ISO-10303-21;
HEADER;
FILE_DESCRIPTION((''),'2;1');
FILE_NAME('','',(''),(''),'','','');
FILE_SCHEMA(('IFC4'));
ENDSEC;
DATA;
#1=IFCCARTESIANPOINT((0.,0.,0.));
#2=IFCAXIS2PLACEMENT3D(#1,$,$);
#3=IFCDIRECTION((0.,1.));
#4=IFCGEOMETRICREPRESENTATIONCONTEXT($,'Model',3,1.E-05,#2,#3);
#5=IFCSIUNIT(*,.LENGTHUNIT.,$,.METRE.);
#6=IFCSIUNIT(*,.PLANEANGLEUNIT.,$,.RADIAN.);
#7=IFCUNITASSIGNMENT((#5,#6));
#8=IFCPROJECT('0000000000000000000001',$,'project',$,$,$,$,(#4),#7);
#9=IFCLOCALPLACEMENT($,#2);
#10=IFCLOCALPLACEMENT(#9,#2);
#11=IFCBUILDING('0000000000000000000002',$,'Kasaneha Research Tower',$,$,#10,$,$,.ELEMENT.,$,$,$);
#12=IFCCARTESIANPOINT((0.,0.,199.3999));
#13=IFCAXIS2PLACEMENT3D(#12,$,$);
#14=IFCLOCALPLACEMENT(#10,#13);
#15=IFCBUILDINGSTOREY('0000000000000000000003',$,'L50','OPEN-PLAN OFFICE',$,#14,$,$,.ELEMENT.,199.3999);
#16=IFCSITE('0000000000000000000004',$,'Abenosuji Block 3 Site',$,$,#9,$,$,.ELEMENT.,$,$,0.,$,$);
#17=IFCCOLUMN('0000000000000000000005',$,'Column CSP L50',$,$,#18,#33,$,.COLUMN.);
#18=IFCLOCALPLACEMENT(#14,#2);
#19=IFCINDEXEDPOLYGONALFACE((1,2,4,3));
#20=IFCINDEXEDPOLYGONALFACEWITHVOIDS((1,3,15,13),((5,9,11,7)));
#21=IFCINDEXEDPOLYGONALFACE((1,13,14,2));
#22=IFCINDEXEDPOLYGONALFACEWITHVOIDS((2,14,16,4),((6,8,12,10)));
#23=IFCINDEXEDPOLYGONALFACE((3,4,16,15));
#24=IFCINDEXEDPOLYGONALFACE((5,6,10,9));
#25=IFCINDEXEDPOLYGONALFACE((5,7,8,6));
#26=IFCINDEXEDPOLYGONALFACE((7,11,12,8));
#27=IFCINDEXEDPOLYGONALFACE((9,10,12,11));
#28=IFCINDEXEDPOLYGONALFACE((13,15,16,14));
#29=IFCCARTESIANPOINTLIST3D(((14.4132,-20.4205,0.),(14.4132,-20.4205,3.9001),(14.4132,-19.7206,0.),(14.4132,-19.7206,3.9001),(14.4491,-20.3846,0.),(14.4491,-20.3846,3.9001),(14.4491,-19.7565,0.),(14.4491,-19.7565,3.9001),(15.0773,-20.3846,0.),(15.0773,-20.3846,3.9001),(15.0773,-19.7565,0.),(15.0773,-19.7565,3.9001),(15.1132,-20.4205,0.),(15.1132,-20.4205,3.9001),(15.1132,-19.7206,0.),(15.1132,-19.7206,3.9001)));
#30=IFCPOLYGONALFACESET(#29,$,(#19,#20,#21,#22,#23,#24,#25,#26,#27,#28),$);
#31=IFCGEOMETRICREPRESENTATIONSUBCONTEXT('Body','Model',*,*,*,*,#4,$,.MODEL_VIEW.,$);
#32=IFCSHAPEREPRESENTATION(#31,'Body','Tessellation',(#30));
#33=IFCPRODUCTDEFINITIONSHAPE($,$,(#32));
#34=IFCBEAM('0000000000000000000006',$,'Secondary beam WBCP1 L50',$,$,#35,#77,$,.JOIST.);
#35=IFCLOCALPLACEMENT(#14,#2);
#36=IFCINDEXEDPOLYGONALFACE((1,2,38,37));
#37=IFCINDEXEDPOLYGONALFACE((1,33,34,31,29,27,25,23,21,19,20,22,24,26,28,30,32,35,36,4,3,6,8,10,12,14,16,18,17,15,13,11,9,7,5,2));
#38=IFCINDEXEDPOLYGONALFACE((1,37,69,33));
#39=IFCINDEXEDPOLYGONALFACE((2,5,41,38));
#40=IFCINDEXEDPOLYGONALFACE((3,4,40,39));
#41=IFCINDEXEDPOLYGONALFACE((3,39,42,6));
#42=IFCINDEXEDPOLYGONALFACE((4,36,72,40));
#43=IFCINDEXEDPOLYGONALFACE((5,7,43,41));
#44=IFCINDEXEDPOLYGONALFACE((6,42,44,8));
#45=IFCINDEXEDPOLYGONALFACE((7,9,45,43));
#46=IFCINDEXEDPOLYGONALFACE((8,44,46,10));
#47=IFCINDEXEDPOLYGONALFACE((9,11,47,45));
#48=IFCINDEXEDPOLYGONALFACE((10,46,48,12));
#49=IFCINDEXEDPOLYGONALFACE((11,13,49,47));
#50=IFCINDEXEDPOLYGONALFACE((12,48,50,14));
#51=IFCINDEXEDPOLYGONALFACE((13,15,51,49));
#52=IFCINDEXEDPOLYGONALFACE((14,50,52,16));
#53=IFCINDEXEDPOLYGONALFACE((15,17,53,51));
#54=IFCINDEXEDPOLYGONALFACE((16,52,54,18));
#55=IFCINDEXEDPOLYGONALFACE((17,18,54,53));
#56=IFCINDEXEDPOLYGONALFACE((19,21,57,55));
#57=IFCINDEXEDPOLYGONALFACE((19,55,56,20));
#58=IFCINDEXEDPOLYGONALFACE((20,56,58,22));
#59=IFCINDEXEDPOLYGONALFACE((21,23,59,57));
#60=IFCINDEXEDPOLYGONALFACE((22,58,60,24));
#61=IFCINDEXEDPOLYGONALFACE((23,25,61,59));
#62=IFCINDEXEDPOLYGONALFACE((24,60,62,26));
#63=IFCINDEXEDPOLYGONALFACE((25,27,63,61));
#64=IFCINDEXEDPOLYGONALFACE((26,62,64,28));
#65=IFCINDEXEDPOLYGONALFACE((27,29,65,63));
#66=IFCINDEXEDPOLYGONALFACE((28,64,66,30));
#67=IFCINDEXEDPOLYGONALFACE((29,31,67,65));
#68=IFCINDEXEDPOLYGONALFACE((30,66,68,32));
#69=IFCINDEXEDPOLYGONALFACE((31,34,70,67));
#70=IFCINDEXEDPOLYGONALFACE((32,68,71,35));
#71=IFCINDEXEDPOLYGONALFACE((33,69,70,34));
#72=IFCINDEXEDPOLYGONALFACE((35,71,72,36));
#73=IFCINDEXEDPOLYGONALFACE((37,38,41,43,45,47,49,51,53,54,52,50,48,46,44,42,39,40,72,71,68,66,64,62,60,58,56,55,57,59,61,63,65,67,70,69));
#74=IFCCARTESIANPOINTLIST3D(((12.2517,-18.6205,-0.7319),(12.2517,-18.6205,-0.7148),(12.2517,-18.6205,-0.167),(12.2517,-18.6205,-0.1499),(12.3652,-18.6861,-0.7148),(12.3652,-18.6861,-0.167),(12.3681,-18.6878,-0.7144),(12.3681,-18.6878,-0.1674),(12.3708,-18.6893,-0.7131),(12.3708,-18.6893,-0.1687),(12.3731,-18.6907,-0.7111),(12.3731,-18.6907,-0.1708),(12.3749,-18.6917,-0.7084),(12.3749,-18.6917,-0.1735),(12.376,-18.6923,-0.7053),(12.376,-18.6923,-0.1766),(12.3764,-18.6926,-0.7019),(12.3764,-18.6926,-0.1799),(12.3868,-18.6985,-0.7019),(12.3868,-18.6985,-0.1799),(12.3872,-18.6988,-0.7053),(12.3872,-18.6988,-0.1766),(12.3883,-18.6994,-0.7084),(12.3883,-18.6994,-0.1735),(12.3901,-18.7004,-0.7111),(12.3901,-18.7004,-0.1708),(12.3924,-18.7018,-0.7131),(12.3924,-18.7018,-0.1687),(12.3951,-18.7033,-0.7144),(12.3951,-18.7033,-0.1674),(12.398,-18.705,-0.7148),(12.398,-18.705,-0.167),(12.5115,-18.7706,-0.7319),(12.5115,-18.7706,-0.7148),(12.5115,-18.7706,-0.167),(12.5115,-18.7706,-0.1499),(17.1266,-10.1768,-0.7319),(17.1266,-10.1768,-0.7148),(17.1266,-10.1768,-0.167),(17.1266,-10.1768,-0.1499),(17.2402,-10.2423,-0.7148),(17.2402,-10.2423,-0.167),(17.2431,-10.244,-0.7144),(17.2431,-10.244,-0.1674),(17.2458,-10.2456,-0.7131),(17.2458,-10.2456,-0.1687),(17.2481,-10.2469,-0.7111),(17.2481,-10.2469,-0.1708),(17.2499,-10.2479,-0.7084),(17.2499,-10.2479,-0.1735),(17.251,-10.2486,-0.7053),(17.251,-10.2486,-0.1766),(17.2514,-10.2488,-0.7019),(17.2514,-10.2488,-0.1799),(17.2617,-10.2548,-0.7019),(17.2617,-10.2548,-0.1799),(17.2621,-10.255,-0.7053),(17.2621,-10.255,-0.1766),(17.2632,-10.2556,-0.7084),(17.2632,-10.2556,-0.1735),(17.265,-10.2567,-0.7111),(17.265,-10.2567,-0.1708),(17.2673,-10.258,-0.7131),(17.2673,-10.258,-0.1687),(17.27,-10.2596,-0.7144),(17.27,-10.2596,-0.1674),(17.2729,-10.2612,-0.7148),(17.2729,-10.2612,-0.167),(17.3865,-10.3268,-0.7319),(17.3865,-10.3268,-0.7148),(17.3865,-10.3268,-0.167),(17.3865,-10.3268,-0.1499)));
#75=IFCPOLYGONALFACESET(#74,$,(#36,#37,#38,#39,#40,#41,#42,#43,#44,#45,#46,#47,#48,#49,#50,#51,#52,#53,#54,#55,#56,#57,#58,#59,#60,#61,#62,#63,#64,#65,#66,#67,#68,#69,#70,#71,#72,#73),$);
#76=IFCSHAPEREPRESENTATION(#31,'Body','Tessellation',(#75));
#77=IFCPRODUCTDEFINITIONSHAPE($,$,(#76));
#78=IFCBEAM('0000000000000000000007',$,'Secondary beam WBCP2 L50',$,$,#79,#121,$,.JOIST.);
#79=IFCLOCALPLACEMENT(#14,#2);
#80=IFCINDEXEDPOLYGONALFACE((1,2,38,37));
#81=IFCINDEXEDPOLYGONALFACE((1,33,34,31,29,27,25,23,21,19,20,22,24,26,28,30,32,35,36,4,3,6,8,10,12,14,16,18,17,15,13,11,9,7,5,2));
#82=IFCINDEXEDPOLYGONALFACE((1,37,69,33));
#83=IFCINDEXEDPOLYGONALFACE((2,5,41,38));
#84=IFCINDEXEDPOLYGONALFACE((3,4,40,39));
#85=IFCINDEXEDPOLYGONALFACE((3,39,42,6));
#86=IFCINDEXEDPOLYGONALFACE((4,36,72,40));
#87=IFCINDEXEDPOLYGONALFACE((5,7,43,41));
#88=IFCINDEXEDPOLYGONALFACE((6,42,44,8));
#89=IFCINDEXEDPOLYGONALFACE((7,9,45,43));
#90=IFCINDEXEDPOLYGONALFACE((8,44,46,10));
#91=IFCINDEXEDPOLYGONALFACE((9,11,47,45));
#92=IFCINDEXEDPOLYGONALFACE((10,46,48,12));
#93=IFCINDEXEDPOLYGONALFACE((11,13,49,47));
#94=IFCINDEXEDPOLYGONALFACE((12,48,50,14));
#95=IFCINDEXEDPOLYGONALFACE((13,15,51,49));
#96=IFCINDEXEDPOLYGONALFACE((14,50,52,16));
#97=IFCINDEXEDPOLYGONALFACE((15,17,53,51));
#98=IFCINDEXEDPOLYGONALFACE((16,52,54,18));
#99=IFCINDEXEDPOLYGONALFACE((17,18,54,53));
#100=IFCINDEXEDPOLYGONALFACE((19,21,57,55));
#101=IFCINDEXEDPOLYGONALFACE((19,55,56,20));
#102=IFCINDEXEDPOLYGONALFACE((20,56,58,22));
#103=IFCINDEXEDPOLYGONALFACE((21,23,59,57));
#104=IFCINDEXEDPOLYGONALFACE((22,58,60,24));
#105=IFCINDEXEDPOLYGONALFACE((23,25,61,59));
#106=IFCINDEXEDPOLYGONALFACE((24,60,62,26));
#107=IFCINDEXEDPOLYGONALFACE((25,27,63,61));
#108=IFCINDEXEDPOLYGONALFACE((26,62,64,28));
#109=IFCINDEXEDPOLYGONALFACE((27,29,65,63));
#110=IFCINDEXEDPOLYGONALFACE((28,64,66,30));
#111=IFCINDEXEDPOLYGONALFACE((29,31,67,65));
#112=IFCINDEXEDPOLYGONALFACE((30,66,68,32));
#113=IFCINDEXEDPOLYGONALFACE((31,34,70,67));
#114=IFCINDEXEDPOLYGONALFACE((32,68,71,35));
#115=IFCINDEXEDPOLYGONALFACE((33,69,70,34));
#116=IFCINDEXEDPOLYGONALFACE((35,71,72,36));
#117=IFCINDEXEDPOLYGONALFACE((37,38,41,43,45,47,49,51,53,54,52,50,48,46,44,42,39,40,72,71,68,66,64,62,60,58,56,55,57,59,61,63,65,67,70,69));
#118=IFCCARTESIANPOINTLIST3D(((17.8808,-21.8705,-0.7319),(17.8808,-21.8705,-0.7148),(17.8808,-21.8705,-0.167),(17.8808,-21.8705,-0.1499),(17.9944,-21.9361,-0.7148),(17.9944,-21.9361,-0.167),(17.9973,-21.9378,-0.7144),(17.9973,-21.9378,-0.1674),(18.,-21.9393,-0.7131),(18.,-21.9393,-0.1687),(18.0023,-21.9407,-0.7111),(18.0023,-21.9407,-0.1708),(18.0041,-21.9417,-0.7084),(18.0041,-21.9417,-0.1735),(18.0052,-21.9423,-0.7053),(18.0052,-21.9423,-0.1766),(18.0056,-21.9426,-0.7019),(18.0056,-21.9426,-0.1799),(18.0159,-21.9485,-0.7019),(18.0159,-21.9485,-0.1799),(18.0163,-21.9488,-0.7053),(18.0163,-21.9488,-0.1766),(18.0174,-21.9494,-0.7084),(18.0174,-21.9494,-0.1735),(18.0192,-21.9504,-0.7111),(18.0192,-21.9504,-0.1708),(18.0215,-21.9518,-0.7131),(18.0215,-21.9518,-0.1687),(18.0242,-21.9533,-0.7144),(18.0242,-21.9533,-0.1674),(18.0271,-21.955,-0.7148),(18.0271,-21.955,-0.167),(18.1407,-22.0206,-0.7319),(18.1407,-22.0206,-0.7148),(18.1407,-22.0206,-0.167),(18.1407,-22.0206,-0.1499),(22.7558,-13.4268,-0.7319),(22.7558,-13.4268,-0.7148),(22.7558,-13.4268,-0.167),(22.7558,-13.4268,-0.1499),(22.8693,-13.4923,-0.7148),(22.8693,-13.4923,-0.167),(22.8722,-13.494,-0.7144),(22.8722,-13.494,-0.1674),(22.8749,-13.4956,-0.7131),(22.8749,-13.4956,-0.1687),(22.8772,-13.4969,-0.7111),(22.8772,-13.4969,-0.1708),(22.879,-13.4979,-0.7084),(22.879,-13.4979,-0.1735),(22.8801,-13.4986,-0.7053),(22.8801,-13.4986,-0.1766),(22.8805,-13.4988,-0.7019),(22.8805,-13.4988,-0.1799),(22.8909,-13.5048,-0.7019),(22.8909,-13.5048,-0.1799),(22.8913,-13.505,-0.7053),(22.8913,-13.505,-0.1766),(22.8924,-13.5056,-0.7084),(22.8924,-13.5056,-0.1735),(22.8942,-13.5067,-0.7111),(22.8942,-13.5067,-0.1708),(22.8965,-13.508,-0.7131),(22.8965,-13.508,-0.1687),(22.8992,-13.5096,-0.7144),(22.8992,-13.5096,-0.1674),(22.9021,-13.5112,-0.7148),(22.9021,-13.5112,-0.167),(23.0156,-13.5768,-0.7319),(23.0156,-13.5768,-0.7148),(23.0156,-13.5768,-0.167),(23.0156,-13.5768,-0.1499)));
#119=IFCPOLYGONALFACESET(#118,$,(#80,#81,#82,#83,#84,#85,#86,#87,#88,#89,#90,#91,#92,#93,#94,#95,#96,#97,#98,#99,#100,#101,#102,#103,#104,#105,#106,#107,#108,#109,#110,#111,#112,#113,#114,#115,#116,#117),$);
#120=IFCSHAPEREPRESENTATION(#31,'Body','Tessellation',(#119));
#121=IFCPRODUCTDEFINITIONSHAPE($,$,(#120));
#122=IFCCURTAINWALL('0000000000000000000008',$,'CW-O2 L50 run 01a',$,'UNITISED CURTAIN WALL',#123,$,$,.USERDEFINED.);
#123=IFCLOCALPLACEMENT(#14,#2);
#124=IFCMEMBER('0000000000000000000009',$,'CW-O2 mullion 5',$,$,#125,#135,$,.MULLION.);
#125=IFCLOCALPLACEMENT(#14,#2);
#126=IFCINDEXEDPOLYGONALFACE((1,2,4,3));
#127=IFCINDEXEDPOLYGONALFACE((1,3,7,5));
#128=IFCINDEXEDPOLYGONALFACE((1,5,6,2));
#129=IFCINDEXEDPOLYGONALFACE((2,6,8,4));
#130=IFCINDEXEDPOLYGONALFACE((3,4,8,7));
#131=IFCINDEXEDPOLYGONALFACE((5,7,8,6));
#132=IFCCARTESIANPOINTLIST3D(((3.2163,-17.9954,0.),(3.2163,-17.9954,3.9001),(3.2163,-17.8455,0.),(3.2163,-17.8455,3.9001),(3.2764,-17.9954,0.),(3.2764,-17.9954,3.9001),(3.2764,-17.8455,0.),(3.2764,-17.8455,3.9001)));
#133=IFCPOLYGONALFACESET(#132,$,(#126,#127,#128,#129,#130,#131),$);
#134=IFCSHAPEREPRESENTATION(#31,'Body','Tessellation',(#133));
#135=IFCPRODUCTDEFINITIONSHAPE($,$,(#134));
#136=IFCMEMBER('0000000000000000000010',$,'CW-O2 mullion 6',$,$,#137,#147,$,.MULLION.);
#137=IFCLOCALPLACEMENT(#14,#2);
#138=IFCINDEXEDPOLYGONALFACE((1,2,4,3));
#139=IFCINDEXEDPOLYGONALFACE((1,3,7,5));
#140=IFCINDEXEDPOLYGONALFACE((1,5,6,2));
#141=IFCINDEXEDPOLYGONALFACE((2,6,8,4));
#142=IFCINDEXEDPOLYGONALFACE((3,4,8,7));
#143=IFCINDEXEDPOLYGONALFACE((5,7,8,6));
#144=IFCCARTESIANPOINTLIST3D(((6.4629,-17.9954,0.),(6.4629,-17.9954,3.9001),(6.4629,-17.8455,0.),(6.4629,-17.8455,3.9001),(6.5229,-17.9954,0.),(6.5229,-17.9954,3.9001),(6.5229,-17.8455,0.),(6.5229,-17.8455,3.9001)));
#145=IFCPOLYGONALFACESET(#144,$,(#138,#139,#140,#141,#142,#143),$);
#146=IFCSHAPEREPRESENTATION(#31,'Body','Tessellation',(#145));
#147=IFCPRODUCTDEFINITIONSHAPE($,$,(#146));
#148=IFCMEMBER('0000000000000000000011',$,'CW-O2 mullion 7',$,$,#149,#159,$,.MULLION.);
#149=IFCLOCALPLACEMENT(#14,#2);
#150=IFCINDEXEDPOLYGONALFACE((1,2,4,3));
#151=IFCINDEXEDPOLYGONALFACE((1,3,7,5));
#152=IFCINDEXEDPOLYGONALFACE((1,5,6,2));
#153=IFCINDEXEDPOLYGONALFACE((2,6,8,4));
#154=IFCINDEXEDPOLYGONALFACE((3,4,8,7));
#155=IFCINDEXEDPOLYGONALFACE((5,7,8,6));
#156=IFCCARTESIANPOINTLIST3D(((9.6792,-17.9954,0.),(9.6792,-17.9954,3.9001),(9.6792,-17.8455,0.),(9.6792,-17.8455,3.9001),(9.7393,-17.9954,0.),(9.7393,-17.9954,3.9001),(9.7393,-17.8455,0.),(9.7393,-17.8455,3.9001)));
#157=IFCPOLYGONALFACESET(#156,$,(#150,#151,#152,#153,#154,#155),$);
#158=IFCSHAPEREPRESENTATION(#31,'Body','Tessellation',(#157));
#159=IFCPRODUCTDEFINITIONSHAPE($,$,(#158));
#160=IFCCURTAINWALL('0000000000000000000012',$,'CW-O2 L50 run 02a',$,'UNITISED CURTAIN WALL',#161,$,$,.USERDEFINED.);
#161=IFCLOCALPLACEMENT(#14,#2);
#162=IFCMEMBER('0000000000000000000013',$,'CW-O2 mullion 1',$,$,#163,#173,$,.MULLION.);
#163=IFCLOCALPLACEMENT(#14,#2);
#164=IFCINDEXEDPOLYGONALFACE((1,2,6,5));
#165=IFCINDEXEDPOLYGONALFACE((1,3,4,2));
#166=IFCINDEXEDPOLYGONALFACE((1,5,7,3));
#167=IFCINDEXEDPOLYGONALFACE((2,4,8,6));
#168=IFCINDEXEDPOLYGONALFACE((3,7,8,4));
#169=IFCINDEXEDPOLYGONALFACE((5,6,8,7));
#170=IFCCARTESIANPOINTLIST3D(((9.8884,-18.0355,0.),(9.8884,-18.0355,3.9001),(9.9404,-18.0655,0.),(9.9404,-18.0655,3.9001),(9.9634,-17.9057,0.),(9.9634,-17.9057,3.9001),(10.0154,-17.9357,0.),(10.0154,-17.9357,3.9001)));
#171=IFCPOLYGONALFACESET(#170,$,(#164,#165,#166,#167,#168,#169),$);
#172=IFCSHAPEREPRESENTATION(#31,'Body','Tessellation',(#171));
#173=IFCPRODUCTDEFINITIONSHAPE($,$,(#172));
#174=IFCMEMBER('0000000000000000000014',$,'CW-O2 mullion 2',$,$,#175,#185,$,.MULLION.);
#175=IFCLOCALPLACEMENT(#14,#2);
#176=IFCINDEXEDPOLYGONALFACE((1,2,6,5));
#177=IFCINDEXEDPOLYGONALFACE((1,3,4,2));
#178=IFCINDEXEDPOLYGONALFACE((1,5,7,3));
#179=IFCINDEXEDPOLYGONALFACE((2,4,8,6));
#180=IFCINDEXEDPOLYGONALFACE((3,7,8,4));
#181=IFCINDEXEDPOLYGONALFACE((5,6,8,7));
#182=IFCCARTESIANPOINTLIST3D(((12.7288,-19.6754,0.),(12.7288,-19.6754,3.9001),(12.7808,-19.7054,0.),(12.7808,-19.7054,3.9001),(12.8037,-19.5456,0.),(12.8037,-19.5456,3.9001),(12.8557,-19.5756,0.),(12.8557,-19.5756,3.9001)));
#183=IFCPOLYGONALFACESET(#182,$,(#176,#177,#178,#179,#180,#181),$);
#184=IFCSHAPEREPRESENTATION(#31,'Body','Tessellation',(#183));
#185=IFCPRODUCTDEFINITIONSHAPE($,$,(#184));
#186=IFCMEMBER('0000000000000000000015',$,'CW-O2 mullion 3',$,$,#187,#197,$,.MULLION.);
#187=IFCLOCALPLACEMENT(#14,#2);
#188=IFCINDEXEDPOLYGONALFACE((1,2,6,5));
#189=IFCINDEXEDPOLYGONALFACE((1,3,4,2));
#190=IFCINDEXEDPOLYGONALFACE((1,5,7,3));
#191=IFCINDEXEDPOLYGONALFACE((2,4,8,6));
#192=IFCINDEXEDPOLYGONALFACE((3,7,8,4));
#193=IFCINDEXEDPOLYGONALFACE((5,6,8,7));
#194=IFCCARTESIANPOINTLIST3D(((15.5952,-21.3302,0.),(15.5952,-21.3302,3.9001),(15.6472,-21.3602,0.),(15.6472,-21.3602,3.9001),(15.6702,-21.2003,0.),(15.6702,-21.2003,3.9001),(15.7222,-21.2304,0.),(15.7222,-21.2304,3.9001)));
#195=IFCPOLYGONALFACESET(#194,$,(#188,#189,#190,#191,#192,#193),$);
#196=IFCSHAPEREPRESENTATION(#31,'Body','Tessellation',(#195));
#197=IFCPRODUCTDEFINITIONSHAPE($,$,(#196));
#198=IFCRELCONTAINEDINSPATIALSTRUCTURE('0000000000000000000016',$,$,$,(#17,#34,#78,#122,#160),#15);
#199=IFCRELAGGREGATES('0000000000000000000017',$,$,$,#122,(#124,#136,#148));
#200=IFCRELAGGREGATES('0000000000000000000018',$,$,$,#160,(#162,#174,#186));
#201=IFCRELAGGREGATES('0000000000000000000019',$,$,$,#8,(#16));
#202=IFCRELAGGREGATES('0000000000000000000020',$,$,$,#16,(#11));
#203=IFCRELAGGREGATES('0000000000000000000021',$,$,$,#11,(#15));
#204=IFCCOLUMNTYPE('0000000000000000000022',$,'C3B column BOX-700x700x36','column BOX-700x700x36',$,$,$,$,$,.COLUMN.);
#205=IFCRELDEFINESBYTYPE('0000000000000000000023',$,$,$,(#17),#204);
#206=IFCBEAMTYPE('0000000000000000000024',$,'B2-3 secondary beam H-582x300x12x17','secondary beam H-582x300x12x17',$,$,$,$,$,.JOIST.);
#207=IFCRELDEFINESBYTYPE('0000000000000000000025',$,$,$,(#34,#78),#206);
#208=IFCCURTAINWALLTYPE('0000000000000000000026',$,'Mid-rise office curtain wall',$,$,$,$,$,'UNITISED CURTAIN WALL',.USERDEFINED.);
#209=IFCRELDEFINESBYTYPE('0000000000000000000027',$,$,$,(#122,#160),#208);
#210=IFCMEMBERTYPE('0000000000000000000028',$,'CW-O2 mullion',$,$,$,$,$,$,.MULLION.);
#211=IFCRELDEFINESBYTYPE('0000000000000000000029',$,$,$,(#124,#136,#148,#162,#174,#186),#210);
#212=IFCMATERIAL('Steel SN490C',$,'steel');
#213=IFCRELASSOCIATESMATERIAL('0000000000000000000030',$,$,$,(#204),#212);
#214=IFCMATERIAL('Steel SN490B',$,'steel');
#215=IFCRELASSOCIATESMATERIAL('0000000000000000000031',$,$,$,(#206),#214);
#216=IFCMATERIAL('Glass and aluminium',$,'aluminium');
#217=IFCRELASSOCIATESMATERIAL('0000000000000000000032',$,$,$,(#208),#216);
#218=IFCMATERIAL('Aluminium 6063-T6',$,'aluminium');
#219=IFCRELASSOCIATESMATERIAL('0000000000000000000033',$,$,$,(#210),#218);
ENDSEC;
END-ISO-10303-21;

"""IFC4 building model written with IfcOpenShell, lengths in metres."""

from ifc_helpers import new_model, si_unit, direction, frame, origin, origin_2d, place, context, subcontext, project, spatial, rectangle, hollow_rectangle, i_section, extrude, material, material_profile, profile_set, type_object, element, aggregate, save


model = new_model("IFC4")

# Units and contexts
model_context = context("Model", 3, precision=1e-05, world=origin(), true_north=direction((0.0, 1.0)))
body_context = subcontext(model_context, "Body", "Model", "MODEL_VIEW")
ifc_project = project(units=[si_unit("LENGTHUNIT", "METRE"), si_unit("PLANEANGLEUNIT", "RADIAN")], contexts=[model_context])

# Site, building, storey
site_placement = place(None, origin())
site = spatial("IfcSite", under=ifc_project, at=site_placement, Name="Abenosuji Block 3 Site", CompositionType="ELEMENT", RefElevation=0.0)
building_placement = place(site_placement, origin())
building = spatial("IfcBuilding", under=site, at=building_placement, Name="Kasaneha Research Tower", CompositionType="ELEMENT")
storey_placement = place(building_placement, frame((0.0, 0.0, 199.3999)))
storey = spatial("IfcBuildingStorey", under=building, at=storey_placement, Name="L50", Description="OPEN-PLAN OFFICE", CompositionType="ELEMENT", Elevation=199.3999)

# Column
ifc_material_1 = material(Name="Steel SN490C", Category="steel")
ifc_material_profile_1 = material_profile(ifc_material_1, hollow_rectangle(XDim=0.7, YDim=0.7, WallThickness=0.0359, at=origin_2d()), Name="BOX-700x700x36")
ifc_profile_set_1 = profile_set([ifc_material_profile_1], Name="Steel SN490C")
column_type = type_object("IfcColumnType", Name="C3B column BOX-700x700x36", Description="column BOX-700x700x36", PredefinedType="COLUMN", material=ifc_profile_set_1)
column_placement = place(storey_placement, frame((14.7632, -20.0706, 0.0), z_axis=(0.0, 0.0, 1.0), x_axis=(1.0, 0.0, 0.0)))
element("IfcColumn", 1, at=column_placement, inside=storey, type_object=column_type, Name="Column CSP L50", PredefinedType="COLUMN", context=body_context, shape_type="SweptSolid", body=[
    extrude(hollow_rectangle(XDim=0.7, YDim=0.7, WallThickness=0.0359, at=origin_2d()), origin(), (0.0, 0.0, 1.0), 3.9001),
])

# Beams
ifc_material_2 = material(Name="Steel SN490B", Category="steel")
ifc_material_profile_2 = material_profile(ifc_material_2, i_section(OverallWidth=0.3, OverallDepth=0.582, WebThickness=0.012, FlangeThickness=0.0171, FilletRadius=0.0129, at=origin_2d()), Name="H-582x300x12x17")
ifc_profile_set_2 = profile_set([ifc_material_profile_2], Name="Steel SN490B")
beam_type_1 = type_object("IfcBeamType", Name="B2-3 secondary beam H-582x300x12x17", Description="secondary beam H-582x300x12x17", PredefinedType="JOIST", material=ifc_profile_set_2)
for number, where, z_axis, x_axis, name in (
    (2, (12.3816, -18.6956, -0.4409), (0.499996, 0.866028, 0.0), (-0.866028, 0.499996, 0.0), "Secondary beam WBCP1 L50"),
    (3, (18.0107, -21.9456, -0.4409), (0.499996, 0.866028, 0.0), (-0.866028, 0.499996, 0.0), "Secondary beam WBCP2 L50"),
):
    element("IfcBeam", number, at=place(storey_placement, frame(where, z_axis=z_axis, x_axis=x_axis)), inside=storey, type_object=beam_type_1, Name=name, PredefinedType="JOIST", context=body_context, shape_type="SweptSolid", body=[
        extrude(i_section(OverallWidth=0.3, OverallDepth=0.582, WebThickness=0.012, FlangeThickness=0.0171, FilletRadius=0.0129, at=origin_2d()), origin(), (0.0, 0.0, 1.0), 9.75),
    ])

# Curtain walls, members
ifc_material_3 = material(Name="Glass and aluminium", Category="aluminium")
curtain_wall_type = type_object("IfcCurtainWallType", Name="Mid-rise office curtain wall", ElementType="UNITISED CURTAIN WALL", PredefinedType="USERDEFINED", material=ifc_material_3)
curtain_wall_1_placement = place(storey_placement, origin())
curtain_wall_1 = element("IfcCurtainWall", 4, at=curtain_wall_1_placement, inside=storey, type_object=curtain_wall_type, Name="CW-O2 L50 run 01a", ObjectType="UNITISED CURTAIN WALL", PredefinedType="USERDEFINED")
ifc_material_4 = material(Name="Aluminium 6063-T6", Category="aluminium")
ifc_material_profile_3 = material_profile(ifc_material_4, rectangle(XDim=0.0601, YDim=0.1499, at=origin_2d()), Name="CW-O2 mullion 60x150")
ifc_profile_set_3 = profile_set([ifc_material_profile_3], Name="Aluminium 6063-T6")
member_type_1 = type_object("IfcMemberType", Name="CW-O2 mullion", PredefinedType="MULLION", material=ifc_profile_set_3)
member_1_placement = place(storey_placement, frame((3.2463, -17.9204, 0.0), z_axis=(0.0, 0.0, 1.0), x_axis=(1.0, 0.0, 0.0)))
member_1 = element("IfcMember", 5, at=member_1_placement, type_object=member_type_1, Name="CW-O2 mullion 5", PredefinedType="MULLION", context=body_context, shape_type="SweptSolid", body=[
    extrude(rectangle(XDim=0.0601, YDim=0.1499, at=origin_2d()), origin(), (0.0, 0.0, 1.0), 3.9001),
])
member_2_placement = place(storey_placement, frame((6.4929, -17.9204, 0.0), z_axis=(0.0, 0.0, 1.0), x_axis=(1.0, 0.0, 0.0)))
member_2 = element("IfcMember", 6, at=member_2_placement, type_object=member_type_1, Name="CW-O2 mullion 6", PredefinedType="MULLION", context=body_context, shape_type="SweptSolid", body=[
    extrude(rectangle(XDim=0.0601, YDim=0.1499, at=origin_2d()), origin(), (0.0, 0.0, 1.0), 3.9001),
])
member_3_placement = place(storey_placement, frame((9.7092, -17.9204, 0.0), z_axis=(0.0, 0.0, 1.0), x_axis=(1.0, 0.0, 0.0)))
member_3 = element("IfcMember", 7, at=member_3_placement, type_object=member_type_1, Name="CW-O2 mullion 7", PredefinedType="MULLION", context=body_context, shape_type="SweptSolid", body=[
    extrude(rectangle(XDim=0.0601, YDim=0.1499, at=origin_2d()), origin(), (0.0, 0.0, 1.0), 3.9001),
])
curtain_wall_2_placement = place(storey_placement, origin())
curtain_wall_2 = element("IfcCurtainWall", 8, at=curtain_wall_2_placement, inside=storey, type_object=curtain_wall_type, Name="CW-O2 L50 run 02a", ObjectType="UNITISED CURTAIN WALL", PredefinedType="USERDEFINED")
member_4_placement = place(storey_placement, frame((9.9519, -17.9856, 0.0), z_axis=(0.0, 0.0, 1.0), x_axis=(0.866025, -0.5, 0.0)))
member_4 = element("IfcMember", 9, at=member_4_placement, type_object=member_type_1, Name="CW-O2 mullion 1", PredefinedType="MULLION", context=body_context, shape_type="SweptSolid", body=[
    extrude(rectangle(XDim=0.0601, YDim=0.1499, at=origin_2d()), origin(), (0.0, 0.0, 1.0), 3.9001),
])
member_5_placement = place(storey_placement, frame((12.7922, -19.6255, 0.0), z_axis=(0.0, 0.0, 1.0), x_axis=(0.866025, -0.5, 0.0)))
member_5 = element("IfcMember", 10, at=member_5_placement, type_object=member_type_1, Name="CW-O2 mullion 2", PredefinedType="MULLION", context=body_context, shape_type="SweptSolid", body=[
    extrude(rectangle(XDim=0.0601, YDim=0.1499, at=origin_2d()), origin(), (0.0, 0.0, 1.0), 3.9001),
])
member_6_placement = place(storey_placement, frame((15.6587, -21.2803, 0.0), z_axis=(0.0, 0.0, 1.0), x_axis=(0.866025, -0.5, 0.0)))
member_6 = element("IfcMember", 11, at=member_6_placement, type_object=member_type_1, Name="CW-O2 mullion 3", PredefinedType="MULLION", context=body_context, shape_type="SweptSolid", body=[
    extrude(rectangle(XDim=0.0601, YDim=0.1499, at=origin_2d()), origin(), (0.0, 0.0, 1.0), 3.9001),
])

aggregate(curtain_wall_1, [member_1, member_2, member_3])
aggregate(curtain_wall_2, [member_4, member_5, member_6])

save(model, "model.ifc")
